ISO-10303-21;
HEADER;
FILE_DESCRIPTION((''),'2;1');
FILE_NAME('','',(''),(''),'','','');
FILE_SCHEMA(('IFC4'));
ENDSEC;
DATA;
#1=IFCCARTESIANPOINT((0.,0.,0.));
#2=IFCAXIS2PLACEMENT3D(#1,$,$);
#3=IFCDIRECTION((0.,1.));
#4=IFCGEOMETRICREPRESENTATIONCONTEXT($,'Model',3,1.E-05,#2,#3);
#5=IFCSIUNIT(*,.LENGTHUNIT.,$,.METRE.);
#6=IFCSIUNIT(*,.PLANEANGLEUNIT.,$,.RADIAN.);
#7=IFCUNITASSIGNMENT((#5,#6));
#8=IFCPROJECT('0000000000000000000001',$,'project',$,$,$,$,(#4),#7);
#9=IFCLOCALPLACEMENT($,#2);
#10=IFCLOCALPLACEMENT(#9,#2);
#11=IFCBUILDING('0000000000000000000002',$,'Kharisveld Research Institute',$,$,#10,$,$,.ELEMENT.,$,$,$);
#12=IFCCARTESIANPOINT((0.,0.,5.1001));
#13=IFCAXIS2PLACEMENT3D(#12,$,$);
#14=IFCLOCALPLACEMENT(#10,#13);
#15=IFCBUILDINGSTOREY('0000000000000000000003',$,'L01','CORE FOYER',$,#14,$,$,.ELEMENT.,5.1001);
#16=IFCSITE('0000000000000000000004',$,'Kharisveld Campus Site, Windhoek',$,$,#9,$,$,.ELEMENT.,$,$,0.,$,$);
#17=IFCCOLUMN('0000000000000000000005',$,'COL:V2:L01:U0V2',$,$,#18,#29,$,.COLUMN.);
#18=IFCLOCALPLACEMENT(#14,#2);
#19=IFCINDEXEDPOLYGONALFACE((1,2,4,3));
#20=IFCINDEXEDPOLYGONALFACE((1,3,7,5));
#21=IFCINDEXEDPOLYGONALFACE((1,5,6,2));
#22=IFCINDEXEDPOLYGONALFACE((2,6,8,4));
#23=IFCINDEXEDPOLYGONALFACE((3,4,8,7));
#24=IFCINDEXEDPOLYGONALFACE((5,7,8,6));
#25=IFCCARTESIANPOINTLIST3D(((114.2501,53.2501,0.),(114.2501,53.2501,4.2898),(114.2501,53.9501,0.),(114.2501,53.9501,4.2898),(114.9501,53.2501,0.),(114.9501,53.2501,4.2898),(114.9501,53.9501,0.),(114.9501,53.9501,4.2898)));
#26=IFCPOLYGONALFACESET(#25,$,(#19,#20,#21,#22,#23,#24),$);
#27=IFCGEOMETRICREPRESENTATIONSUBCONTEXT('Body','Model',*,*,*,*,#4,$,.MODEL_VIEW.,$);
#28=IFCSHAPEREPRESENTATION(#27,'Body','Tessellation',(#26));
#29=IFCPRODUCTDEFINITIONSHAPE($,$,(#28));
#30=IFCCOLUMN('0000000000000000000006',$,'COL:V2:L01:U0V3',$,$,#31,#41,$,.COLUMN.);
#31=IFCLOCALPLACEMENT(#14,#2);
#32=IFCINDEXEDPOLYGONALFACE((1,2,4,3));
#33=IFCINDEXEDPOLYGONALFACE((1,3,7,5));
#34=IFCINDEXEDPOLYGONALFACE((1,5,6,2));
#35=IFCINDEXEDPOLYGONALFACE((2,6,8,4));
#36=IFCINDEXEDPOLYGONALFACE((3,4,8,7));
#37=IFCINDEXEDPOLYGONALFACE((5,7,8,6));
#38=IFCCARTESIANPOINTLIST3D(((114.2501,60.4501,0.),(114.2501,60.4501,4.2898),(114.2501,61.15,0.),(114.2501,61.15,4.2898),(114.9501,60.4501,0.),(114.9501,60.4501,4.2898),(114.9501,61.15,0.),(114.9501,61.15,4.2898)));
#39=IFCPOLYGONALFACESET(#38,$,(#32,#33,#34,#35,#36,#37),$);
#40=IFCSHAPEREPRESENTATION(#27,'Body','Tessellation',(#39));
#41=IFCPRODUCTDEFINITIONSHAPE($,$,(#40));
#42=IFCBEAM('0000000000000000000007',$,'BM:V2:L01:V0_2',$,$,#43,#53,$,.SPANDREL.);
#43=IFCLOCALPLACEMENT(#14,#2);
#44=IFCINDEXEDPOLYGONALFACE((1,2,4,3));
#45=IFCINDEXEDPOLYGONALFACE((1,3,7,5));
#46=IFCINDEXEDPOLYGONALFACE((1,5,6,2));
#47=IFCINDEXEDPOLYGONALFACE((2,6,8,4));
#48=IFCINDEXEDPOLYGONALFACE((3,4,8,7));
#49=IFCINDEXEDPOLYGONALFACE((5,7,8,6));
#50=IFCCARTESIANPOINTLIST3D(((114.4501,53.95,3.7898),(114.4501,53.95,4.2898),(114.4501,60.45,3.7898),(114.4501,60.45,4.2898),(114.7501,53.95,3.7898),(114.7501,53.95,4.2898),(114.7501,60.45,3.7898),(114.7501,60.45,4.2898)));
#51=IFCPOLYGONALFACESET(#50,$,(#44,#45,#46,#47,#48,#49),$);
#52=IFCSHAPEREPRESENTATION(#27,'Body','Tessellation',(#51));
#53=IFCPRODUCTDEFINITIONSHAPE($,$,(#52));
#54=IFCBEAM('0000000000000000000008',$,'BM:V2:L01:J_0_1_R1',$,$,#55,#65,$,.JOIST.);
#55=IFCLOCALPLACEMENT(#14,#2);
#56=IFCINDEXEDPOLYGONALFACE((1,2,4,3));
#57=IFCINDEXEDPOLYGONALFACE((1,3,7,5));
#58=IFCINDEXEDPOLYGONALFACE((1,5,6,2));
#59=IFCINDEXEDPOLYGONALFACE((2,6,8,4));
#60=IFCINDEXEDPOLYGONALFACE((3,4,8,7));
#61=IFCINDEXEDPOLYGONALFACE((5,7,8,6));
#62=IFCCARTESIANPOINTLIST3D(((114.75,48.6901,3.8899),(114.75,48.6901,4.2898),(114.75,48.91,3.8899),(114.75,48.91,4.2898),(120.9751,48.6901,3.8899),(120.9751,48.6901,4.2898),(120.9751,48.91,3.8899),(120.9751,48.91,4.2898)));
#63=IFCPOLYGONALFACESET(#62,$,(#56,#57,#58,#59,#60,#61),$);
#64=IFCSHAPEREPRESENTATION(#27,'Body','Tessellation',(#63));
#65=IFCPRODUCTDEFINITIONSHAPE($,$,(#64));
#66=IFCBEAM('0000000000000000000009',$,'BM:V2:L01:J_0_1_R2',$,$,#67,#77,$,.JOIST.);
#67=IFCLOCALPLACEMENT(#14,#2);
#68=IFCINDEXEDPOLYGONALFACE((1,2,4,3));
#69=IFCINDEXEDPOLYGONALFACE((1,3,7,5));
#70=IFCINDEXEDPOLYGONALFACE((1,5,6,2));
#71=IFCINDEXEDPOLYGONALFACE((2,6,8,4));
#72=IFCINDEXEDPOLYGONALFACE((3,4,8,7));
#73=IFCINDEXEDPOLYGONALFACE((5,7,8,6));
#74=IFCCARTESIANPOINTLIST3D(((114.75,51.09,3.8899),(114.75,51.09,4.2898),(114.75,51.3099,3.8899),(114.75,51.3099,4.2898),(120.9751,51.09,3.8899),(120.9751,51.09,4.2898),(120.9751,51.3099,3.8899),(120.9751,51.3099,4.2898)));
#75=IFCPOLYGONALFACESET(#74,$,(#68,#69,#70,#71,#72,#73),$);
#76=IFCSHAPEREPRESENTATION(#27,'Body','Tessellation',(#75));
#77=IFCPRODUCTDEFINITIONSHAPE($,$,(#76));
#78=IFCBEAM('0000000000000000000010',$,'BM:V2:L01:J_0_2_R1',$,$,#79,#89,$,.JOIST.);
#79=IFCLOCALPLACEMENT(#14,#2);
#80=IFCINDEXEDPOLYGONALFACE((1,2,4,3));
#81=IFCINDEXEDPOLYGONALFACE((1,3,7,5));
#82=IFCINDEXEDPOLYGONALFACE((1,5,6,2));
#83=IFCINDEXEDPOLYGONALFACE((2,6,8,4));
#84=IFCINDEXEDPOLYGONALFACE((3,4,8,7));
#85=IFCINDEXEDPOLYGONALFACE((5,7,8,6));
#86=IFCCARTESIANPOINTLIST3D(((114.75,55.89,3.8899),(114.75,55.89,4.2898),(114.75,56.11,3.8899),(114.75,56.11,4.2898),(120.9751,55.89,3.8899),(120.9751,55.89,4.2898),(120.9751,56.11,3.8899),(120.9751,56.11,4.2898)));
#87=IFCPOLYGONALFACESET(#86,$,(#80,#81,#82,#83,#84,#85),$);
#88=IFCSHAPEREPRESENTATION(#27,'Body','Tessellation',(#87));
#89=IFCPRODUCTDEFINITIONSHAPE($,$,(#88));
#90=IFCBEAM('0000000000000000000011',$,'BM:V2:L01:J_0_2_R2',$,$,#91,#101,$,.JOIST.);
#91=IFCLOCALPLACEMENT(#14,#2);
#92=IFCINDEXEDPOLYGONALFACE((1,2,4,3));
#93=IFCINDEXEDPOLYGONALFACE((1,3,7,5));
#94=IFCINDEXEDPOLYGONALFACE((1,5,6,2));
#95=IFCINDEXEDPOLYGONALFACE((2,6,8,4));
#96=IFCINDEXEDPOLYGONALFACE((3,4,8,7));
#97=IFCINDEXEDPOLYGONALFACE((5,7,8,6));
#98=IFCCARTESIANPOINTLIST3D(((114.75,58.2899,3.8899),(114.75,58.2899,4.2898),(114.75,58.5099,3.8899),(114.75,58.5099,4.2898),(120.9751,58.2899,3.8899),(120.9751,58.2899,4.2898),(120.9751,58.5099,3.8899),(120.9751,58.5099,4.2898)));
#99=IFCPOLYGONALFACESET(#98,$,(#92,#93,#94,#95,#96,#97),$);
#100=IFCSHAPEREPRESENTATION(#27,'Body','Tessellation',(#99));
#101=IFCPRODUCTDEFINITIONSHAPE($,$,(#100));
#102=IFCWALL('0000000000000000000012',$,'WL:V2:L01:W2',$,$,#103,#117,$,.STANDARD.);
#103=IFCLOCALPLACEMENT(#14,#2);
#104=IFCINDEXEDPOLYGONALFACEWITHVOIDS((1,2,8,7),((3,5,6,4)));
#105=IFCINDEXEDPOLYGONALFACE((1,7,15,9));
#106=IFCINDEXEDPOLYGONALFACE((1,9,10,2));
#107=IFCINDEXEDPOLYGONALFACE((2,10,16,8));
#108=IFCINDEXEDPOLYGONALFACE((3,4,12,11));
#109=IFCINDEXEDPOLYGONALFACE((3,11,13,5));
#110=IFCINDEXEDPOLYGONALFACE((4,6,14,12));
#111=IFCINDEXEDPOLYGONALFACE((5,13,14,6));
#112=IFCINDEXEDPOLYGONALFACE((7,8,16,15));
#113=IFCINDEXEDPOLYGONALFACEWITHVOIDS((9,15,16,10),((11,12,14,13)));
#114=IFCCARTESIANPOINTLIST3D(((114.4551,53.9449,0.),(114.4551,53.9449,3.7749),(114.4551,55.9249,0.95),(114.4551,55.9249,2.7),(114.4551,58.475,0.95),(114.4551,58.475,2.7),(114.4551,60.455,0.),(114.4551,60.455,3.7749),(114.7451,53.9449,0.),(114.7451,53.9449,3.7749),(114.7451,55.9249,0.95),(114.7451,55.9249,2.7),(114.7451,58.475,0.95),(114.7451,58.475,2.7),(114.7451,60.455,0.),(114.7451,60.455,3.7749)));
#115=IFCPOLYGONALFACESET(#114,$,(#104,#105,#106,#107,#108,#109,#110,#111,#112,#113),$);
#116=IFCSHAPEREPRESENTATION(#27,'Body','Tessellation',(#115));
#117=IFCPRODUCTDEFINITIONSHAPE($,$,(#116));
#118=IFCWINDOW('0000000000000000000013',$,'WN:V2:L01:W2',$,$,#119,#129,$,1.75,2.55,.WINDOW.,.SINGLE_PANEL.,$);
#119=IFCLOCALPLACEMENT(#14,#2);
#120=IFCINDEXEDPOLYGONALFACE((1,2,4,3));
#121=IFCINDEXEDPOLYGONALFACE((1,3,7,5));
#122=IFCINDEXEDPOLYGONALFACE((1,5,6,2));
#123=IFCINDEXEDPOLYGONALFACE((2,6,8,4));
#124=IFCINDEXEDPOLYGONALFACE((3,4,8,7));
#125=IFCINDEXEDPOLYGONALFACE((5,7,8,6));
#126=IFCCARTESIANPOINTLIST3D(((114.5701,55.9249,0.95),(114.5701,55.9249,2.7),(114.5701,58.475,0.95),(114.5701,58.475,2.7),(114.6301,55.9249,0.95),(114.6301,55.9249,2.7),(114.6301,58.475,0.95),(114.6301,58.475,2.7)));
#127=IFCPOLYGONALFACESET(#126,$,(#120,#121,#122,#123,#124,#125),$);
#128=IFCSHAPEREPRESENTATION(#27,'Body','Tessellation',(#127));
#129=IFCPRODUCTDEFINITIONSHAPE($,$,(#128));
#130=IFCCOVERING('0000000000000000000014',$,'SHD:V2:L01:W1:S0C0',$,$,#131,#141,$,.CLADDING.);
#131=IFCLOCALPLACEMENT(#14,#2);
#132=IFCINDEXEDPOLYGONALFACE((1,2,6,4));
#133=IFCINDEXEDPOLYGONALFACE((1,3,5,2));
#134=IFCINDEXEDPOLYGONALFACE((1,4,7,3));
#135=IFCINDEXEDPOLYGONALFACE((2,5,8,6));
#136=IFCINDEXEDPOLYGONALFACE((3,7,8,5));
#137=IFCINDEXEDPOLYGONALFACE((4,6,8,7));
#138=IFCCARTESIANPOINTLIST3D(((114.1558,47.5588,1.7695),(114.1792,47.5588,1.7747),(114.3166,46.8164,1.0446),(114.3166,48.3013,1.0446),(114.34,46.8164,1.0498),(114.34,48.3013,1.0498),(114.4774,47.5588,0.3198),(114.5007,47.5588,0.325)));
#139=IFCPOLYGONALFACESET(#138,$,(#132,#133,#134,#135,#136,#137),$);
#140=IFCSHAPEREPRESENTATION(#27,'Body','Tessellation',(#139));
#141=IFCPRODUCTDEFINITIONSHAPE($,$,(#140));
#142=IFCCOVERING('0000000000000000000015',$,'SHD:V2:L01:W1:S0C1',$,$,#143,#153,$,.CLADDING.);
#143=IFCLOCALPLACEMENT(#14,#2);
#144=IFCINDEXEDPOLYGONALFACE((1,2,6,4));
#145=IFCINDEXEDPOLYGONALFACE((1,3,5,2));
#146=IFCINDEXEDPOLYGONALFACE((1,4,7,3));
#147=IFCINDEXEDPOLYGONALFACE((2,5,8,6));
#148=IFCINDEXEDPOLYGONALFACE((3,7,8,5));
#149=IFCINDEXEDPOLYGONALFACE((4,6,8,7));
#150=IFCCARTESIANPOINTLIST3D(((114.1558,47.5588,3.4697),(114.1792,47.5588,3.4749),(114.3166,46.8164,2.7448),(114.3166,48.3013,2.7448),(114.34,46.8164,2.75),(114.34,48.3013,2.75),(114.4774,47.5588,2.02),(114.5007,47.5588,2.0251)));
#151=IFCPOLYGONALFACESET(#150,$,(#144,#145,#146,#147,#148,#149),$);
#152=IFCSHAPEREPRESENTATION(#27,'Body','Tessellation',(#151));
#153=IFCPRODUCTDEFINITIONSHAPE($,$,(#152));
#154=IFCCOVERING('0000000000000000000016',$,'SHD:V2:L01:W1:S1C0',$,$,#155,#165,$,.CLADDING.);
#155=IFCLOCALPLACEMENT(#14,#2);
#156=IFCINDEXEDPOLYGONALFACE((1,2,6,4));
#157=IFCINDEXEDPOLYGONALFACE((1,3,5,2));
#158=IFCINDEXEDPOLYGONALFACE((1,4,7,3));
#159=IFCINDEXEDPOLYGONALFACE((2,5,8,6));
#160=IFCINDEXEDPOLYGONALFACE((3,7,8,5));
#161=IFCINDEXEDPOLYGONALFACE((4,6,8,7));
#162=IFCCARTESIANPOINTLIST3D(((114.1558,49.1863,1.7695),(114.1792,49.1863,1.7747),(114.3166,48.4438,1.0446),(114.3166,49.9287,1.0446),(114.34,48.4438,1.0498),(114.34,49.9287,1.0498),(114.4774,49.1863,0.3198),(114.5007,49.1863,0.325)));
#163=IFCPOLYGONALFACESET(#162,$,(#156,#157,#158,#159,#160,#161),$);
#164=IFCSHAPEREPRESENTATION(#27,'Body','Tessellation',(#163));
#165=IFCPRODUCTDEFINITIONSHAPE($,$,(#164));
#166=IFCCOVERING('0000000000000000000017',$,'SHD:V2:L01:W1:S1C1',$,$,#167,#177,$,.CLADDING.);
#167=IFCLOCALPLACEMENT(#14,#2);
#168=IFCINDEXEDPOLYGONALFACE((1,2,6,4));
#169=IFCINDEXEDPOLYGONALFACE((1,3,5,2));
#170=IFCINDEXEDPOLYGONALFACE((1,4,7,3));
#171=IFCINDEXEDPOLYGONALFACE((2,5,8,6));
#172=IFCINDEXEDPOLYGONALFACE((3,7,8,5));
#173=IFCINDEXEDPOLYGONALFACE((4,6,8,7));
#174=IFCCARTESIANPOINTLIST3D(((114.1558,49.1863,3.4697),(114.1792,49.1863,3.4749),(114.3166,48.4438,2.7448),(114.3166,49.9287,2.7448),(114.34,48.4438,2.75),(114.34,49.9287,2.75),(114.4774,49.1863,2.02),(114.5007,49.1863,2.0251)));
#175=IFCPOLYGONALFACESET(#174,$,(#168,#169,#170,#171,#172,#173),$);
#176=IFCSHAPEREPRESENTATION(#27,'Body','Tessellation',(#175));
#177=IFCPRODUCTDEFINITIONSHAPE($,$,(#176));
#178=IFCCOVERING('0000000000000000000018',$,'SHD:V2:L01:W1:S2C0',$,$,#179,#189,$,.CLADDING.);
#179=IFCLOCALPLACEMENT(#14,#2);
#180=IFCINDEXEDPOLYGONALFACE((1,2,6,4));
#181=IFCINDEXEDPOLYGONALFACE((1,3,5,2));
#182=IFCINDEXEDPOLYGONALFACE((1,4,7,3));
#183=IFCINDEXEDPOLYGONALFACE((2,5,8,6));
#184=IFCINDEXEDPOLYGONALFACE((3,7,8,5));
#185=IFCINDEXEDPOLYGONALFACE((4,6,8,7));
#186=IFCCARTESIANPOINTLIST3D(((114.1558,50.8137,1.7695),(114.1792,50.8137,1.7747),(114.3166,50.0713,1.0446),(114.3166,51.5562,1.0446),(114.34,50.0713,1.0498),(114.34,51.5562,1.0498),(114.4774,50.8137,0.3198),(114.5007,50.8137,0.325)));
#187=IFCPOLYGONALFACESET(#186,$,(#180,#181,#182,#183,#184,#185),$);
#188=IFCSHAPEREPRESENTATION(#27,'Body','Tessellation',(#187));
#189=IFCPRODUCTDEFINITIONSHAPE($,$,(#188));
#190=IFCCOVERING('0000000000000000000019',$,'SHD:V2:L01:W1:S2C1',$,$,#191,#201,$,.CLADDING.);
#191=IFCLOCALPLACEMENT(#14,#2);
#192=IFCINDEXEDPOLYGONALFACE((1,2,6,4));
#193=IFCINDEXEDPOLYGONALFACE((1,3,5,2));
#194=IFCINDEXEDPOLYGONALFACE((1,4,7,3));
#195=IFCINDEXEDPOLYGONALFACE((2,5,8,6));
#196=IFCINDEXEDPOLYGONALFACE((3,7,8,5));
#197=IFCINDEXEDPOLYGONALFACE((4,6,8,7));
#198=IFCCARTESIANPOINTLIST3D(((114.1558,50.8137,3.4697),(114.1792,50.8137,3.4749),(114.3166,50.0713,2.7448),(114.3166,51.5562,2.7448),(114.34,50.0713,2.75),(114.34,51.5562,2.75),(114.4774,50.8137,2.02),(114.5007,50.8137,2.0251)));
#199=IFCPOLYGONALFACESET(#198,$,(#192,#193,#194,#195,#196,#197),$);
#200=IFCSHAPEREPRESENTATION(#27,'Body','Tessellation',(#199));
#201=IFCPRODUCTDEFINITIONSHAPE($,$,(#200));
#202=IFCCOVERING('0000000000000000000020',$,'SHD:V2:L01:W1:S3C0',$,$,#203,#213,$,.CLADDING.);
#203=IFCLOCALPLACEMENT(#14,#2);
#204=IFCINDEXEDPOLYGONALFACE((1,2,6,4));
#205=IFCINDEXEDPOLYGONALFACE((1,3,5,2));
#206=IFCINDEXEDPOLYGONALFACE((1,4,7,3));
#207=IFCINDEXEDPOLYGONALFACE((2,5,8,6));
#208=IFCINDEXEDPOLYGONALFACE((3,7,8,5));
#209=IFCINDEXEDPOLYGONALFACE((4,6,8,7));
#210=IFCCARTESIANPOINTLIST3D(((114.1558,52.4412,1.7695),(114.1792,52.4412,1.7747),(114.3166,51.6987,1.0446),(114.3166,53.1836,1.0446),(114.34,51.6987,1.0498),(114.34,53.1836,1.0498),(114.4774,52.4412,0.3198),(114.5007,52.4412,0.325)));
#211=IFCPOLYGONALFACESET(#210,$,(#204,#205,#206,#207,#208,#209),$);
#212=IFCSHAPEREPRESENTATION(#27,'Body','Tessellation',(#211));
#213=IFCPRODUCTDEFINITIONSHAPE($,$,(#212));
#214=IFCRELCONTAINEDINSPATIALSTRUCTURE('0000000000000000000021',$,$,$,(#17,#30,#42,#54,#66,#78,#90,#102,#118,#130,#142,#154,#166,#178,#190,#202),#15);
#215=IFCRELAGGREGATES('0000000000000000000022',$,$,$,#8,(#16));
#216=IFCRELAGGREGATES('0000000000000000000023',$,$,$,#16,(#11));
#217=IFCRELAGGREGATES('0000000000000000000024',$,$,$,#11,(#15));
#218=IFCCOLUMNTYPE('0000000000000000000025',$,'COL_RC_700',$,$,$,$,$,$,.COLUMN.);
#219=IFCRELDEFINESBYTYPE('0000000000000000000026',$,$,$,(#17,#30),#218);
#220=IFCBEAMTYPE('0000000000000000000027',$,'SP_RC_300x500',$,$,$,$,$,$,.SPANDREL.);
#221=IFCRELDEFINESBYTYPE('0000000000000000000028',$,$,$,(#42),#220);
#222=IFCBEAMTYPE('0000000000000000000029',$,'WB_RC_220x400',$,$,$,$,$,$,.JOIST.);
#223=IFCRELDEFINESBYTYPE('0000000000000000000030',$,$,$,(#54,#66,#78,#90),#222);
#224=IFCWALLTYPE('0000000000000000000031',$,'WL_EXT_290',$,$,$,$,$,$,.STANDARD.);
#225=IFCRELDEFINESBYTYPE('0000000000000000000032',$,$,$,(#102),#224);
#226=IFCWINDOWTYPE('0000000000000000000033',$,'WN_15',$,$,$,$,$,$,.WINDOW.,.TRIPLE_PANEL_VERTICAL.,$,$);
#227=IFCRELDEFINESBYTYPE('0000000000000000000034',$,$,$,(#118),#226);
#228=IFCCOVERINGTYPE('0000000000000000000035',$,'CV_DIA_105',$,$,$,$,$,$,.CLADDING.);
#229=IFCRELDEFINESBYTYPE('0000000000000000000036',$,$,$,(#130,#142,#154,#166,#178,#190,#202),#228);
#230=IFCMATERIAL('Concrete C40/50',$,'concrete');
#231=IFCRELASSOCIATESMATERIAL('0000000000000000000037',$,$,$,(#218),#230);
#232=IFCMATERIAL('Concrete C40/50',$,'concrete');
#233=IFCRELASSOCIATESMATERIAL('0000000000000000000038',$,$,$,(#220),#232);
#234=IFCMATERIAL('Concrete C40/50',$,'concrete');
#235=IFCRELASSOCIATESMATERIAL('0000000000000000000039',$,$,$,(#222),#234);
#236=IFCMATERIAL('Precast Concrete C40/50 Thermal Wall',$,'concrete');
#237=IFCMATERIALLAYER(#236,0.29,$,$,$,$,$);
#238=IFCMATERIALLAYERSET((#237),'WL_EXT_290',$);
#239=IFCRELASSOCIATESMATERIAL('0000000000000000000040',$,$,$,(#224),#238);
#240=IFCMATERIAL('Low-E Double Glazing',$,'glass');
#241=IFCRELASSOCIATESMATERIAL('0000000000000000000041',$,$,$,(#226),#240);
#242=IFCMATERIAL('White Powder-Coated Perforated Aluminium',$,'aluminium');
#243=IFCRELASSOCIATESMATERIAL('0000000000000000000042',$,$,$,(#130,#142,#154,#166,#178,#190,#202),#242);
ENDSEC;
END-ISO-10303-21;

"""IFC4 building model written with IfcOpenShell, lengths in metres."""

from ifc_helpers import new_model, si_unit, direction, frame, frame_2d, origin, origin_2d, place, context, subcontext, project, spatial, polyline, rectangle, outline, extrude, material, layer, layer_set, material_profile, profile_set, type_object, element, fill, save


model = new_model("IFC4")

# Units and contexts
model_context = context("Model", 3, precision=1e-05, world=origin(), true_north=direction((0.0, 1.0)))
body_context = subcontext(model_context, "Body", "Model", "MODEL_VIEW")
ifc_project = project(units=[si_unit("LENGTHUNIT", "METRE"), si_unit("PLANEANGLEUNIT", "RADIAN")], contexts=[model_context])

# Site, building, storey
site_placement = place(None, origin())
site = spatial("IfcSite", under=ifc_project, at=site_placement, Name="Kharisveld Campus Site, Windhoek", CompositionType="ELEMENT", RefElevation=0.0)
building_placement = place(site_placement, origin())
building = spatial("IfcBuilding", under=site, at=building_placement, Name="Kharisveld Research Institute", CompositionType="ELEMENT")
storey_placement = place(building_placement, frame((0.0, 0.0, 5.1001)))
storey = spatial("IfcBuildingStorey", under=building, at=storey_placement, Name="L01", Description="CORE FOYER", CompositionType="ELEMENT", Elevation=5.1001)

# Columns
ifc_material_1 = material(Name="Concrete C40/50", Category="concrete")
ifc_material_profile_1 = material_profile(ifc_material_1, rectangle(XDim=0.7, YDim=0.7, at=origin_2d()))
ifc_profile_set_1 = profile_set([ifc_material_profile_1], Name="Concrete C40/50")
column_type = type_object("IfcColumnType", Name="COL_RC_700", PredefinedType="COLUMN", material=ifc_profile_set_1)
for number, where, z_axis, x_axis, name in (
    (1, (114.6001, 53.6001, 0.0), (0.0, 0.0, 1.0), (1.0, 0.0, 0.0), "COL:V2:L01:U0V2"),
    (2, (114.6001, 60.8, 0.0), (0.0, 0.0, 1.0), (1.0, 0.0, 0.0), "COL:V2:L01:U0V3"),
):
    element("IfcColumn", number, at=place(storey_placement, frame(where, z_axis=z_axis, x_axis=x_axis)), inside=storey, type_object=column_type, Name=name, PredefinedType="COLUMN", context=body_context, shape_type="SweptSolid", body=[
        extrude(rectangle(XDim=0.7, YDim=0.7, at=origin_2d()), origin(), (0.0, 0.0, 1.0), 4.2898),
    ])

# Beams
ifc_material_2 = material(Name="Concrete C40/50", Category="concrete")
ifc_material_profile_2 = material_profile(ifc_material_2, rectangle(XDim=0.3, YDim=0.5, at=origin_2d()))
ifc_profile_set_2 = profile_set([ifc_material_profile_2], Name="Concrete C40/50")
beam_type_1 = type_object("IfcBeamType", Name="SP_RC_300x500", PredefinedType="SPANDREL", material=ifc_profile_set_2)
beam_placement = place(storey_placement, frame((114.6001, 53.95, 4.0398), z_axis=(0.0, 1.0, 0.0), x_axis=(-1.0, 0.0, 0.0)))
element("IfcBeam", 3, at=beam_placement, inside=storey, type_object=beam_type_1, Name="BM:V2:L01:V0_2", PredefinedType="SPANDREL", context=body_context, shape_type="SweptSolid", body=[
    extrude(rectangle(XDim=0.3, YDim=0.5, at=origin_2d()), origin(), (0.0, 0.0, 1.0), 6.5),
])
ifc_material_3 = material(Name="Concrete C40/50", Category="concrete")
ifc_material_profile_3 = material_profile(ifc_material_3, rectangle(XDim=0.22, YDim=0.3999, at=origin_2d()))
ifc_profile_set_3 = profile_set([ifc_material_profile_3], Name="Concrete C40/50")
beam_type_2 = type_object("IfcBeamType", Name="WB_RC_220x400", PredefinedType="JOIST", material=ifc_profile_set_3)
for number, where, z_axis, x_axis, name in (
    (4, (114.75, 48.8, 4.0898), (1.0, 0.0, 0.0), (0.0, 1.0, 0.0), "BM:V2:L01:J_0_1_R1"),
    (5, (114.75, 51.2, 4.0898), (1.0, 0.0, 0.0), (0.0, 1.0, 0.0), "BM:V2:L01:J_0_1_R2"),
    (6, (114.75, 56.0, 4.0898), (1.0, 0.0, 0.0), (0.0, 1.0, 0.0), "BM:V2:L01:J_0_2_R1"),
    (7, (114.75, 58.3999, 4.0898), (1.0, 0.0, 0.0), (0.0, 1.0, 0.0), "BM:V2:L01:J_0_2_R2"),
):
    element("IfcBeam", number, at=place(storey_placement, frame(where, z_axis=z_axis, x_axis=x_axis)), inside=storey, type_object=beam_type_2, Name=name, PredefinedType="JOIST", context=body_context, shape_type="SweptSolid", body=[
        extrude(rectangle(XDim=0.22, YDim=0.3999, at=origin_2d()), origin(), (0.0, 0.0, 1.0), 6.2251),
    ])

# Wall, opening, window
ifc_material_4 = material(Name="Precast Concrete C40/50 Thermal Wall", Category="concrete")
ifc_layer = layer(ifc_material_4, 0.29)
ifc_layer_set = layer_set([ifc_layer], Name="WL_EXT_290")
wall_type = type_object("IfcWallType", Name="WL_EXT_290", PredefinedType="STANDARD", material=ifc_layer_set)
wall_placement = place(storey_placement, frame((114.6001, 53.9451, 0.0), z_axis=(0.0, 0.0, 1.0), x_axis=(0.0, 1.0, 0.0)))
wall = element("IfcWall", 8, at=wall_placement, inside=storey, type_object=wall_type, Name="WL:V2:L01:W2", PredefinedType="STANDARD", context=body_context, shape_type="SweptSolid", body=[
    extrude(rectangle(XDim=6.51, YDim=0.29, at=frame_2d((3.2549, 0.0))), origin(), (0.0, 0.0, 1.0), 3.7749),
])
opening_placement = place(wall_placement, frame((1.98, 0.0, 0.95)))
opening = element("IfcOpeningElement", 9, at=opening_placement, cuts=wall, PredefinedType="OPENING", context=body_context, shape_type="SweptSolid", body=[
    extrude(rectangle(XDim=2.55, YDim=1.75, at=frame_2d((1.2749, 0.875))), frame((0.0, 0.145, 0.0), z_axis=(0.0, -1.0, 0.0), x_axis=(1.0, 0.0, 0.0)), (0.0, 0.0, 1.0), 0.29),
])
ifc_material_5 = material(Name="Low-E Double Glazing", Category="glass")
window_type = type_object("IfcWindowType", Name="WN_15", PartitioningType="TRIPLE_PANEL_VERTICAL", PredefinedType="WINDOW", material=ifc_material_5)
window_placement = place(opening_placement, origin())
window = element("IfcWindow", 10, at=window_placement, inside=storey, type_object=window_type, Name="WN:V2:L01:W2", OverallHeight=1.75, OverallWidth=2.55, PartitioningType="SINGLE_PANEL", PredefinedType="WINDOW", context=body_context, shape_type="SweptSolid", body=[
    extrude(rectangle(XDim=2.55, YDim=1.75, at=frame_2d((1.2749, 0.875))), frame((0.0, 0.03, 0.0), z_axis=(0.0, -1.0, 0.0), x_axis=(1.0, 0.0, 0.0)), (0.0, 0.0, 1.0), 0.0601),
])
fill(opening, window)

# Coverings
ifc_material_6 = material(Name="White Powder-Coated Perforated Aluminium", Category="aluminium")
covering_type = type_object("IfcCoveringType", Name="CV_DIA_105", PredefinedType="CLADDING")
for number, where, z_axis, x_axis, name in (
    (11, (114.5007, 47.5588, 0.325), (0.976276, 0.0, 0.21653), (-0.153111, 0.707102, 0.690336), "SHD:V2:L01:W1:S0C0"),
    (12, (114.5007, 47.5588, 2.0251), (0.976276, 0.0, 0.21653), (-0.153111, 0.707102, 0.690336), "SHD:V2:L01:W1:S0C1"),
    (13, (114.5007, 49.1863, 0.325), (0.976276, 0.0, 0.21653), (-0.153111, 0.707102, 0.690336), "SHD:V2:L01:W1:S1C0"),
    (14, (114.5007, 49.1863, 2.0251), (0.976276, 0.0, 0.21653), (-0.153111, 0.707102, 0.690336), "SHD:V2:L01:W1:S1C1"),
    (15, (114.5007, 50.8137, 0.325), (0.976276, 0.0, 0.21653), (-0.153111, 0.707102, 0.690336), "SHD:V2:L01:W1:S2C0"),
    (16, (114.5007, 50.8137, 2.0251), (0.976276, 0.0, 0.21653), (-0.153111, 0.707102, 0.690336), "SHD:V2:L01:W1:S2C1"),
    (17, (114.5007, 52.4412, 0.325), (0.976276, 0.0, 0.21653), (-0.153111, 0.707102, 0.690336), "SHD:V2:L01:W1:S3C0"),
):
    element("IfcCovering", number, at=place(storey_placement, frame(where, z_axis=z_axis, x_axis=x_axis)), inside=storey, type_object=covering_type, material=ifc_material_6, Name=name, PredefinedType="CLADDING", context=body_context, shape_type="SweptSolid", body=[
        extrude(outline(polyline([(0.0, 0.0), (1.05, 0.0), (1.05, 1.05), (0.0, 1.05), (0.0, 0.0)])), origin(), (0.0, 0.0, -1.0), 0.0239),
    ])

save(model, "model.ifc")
